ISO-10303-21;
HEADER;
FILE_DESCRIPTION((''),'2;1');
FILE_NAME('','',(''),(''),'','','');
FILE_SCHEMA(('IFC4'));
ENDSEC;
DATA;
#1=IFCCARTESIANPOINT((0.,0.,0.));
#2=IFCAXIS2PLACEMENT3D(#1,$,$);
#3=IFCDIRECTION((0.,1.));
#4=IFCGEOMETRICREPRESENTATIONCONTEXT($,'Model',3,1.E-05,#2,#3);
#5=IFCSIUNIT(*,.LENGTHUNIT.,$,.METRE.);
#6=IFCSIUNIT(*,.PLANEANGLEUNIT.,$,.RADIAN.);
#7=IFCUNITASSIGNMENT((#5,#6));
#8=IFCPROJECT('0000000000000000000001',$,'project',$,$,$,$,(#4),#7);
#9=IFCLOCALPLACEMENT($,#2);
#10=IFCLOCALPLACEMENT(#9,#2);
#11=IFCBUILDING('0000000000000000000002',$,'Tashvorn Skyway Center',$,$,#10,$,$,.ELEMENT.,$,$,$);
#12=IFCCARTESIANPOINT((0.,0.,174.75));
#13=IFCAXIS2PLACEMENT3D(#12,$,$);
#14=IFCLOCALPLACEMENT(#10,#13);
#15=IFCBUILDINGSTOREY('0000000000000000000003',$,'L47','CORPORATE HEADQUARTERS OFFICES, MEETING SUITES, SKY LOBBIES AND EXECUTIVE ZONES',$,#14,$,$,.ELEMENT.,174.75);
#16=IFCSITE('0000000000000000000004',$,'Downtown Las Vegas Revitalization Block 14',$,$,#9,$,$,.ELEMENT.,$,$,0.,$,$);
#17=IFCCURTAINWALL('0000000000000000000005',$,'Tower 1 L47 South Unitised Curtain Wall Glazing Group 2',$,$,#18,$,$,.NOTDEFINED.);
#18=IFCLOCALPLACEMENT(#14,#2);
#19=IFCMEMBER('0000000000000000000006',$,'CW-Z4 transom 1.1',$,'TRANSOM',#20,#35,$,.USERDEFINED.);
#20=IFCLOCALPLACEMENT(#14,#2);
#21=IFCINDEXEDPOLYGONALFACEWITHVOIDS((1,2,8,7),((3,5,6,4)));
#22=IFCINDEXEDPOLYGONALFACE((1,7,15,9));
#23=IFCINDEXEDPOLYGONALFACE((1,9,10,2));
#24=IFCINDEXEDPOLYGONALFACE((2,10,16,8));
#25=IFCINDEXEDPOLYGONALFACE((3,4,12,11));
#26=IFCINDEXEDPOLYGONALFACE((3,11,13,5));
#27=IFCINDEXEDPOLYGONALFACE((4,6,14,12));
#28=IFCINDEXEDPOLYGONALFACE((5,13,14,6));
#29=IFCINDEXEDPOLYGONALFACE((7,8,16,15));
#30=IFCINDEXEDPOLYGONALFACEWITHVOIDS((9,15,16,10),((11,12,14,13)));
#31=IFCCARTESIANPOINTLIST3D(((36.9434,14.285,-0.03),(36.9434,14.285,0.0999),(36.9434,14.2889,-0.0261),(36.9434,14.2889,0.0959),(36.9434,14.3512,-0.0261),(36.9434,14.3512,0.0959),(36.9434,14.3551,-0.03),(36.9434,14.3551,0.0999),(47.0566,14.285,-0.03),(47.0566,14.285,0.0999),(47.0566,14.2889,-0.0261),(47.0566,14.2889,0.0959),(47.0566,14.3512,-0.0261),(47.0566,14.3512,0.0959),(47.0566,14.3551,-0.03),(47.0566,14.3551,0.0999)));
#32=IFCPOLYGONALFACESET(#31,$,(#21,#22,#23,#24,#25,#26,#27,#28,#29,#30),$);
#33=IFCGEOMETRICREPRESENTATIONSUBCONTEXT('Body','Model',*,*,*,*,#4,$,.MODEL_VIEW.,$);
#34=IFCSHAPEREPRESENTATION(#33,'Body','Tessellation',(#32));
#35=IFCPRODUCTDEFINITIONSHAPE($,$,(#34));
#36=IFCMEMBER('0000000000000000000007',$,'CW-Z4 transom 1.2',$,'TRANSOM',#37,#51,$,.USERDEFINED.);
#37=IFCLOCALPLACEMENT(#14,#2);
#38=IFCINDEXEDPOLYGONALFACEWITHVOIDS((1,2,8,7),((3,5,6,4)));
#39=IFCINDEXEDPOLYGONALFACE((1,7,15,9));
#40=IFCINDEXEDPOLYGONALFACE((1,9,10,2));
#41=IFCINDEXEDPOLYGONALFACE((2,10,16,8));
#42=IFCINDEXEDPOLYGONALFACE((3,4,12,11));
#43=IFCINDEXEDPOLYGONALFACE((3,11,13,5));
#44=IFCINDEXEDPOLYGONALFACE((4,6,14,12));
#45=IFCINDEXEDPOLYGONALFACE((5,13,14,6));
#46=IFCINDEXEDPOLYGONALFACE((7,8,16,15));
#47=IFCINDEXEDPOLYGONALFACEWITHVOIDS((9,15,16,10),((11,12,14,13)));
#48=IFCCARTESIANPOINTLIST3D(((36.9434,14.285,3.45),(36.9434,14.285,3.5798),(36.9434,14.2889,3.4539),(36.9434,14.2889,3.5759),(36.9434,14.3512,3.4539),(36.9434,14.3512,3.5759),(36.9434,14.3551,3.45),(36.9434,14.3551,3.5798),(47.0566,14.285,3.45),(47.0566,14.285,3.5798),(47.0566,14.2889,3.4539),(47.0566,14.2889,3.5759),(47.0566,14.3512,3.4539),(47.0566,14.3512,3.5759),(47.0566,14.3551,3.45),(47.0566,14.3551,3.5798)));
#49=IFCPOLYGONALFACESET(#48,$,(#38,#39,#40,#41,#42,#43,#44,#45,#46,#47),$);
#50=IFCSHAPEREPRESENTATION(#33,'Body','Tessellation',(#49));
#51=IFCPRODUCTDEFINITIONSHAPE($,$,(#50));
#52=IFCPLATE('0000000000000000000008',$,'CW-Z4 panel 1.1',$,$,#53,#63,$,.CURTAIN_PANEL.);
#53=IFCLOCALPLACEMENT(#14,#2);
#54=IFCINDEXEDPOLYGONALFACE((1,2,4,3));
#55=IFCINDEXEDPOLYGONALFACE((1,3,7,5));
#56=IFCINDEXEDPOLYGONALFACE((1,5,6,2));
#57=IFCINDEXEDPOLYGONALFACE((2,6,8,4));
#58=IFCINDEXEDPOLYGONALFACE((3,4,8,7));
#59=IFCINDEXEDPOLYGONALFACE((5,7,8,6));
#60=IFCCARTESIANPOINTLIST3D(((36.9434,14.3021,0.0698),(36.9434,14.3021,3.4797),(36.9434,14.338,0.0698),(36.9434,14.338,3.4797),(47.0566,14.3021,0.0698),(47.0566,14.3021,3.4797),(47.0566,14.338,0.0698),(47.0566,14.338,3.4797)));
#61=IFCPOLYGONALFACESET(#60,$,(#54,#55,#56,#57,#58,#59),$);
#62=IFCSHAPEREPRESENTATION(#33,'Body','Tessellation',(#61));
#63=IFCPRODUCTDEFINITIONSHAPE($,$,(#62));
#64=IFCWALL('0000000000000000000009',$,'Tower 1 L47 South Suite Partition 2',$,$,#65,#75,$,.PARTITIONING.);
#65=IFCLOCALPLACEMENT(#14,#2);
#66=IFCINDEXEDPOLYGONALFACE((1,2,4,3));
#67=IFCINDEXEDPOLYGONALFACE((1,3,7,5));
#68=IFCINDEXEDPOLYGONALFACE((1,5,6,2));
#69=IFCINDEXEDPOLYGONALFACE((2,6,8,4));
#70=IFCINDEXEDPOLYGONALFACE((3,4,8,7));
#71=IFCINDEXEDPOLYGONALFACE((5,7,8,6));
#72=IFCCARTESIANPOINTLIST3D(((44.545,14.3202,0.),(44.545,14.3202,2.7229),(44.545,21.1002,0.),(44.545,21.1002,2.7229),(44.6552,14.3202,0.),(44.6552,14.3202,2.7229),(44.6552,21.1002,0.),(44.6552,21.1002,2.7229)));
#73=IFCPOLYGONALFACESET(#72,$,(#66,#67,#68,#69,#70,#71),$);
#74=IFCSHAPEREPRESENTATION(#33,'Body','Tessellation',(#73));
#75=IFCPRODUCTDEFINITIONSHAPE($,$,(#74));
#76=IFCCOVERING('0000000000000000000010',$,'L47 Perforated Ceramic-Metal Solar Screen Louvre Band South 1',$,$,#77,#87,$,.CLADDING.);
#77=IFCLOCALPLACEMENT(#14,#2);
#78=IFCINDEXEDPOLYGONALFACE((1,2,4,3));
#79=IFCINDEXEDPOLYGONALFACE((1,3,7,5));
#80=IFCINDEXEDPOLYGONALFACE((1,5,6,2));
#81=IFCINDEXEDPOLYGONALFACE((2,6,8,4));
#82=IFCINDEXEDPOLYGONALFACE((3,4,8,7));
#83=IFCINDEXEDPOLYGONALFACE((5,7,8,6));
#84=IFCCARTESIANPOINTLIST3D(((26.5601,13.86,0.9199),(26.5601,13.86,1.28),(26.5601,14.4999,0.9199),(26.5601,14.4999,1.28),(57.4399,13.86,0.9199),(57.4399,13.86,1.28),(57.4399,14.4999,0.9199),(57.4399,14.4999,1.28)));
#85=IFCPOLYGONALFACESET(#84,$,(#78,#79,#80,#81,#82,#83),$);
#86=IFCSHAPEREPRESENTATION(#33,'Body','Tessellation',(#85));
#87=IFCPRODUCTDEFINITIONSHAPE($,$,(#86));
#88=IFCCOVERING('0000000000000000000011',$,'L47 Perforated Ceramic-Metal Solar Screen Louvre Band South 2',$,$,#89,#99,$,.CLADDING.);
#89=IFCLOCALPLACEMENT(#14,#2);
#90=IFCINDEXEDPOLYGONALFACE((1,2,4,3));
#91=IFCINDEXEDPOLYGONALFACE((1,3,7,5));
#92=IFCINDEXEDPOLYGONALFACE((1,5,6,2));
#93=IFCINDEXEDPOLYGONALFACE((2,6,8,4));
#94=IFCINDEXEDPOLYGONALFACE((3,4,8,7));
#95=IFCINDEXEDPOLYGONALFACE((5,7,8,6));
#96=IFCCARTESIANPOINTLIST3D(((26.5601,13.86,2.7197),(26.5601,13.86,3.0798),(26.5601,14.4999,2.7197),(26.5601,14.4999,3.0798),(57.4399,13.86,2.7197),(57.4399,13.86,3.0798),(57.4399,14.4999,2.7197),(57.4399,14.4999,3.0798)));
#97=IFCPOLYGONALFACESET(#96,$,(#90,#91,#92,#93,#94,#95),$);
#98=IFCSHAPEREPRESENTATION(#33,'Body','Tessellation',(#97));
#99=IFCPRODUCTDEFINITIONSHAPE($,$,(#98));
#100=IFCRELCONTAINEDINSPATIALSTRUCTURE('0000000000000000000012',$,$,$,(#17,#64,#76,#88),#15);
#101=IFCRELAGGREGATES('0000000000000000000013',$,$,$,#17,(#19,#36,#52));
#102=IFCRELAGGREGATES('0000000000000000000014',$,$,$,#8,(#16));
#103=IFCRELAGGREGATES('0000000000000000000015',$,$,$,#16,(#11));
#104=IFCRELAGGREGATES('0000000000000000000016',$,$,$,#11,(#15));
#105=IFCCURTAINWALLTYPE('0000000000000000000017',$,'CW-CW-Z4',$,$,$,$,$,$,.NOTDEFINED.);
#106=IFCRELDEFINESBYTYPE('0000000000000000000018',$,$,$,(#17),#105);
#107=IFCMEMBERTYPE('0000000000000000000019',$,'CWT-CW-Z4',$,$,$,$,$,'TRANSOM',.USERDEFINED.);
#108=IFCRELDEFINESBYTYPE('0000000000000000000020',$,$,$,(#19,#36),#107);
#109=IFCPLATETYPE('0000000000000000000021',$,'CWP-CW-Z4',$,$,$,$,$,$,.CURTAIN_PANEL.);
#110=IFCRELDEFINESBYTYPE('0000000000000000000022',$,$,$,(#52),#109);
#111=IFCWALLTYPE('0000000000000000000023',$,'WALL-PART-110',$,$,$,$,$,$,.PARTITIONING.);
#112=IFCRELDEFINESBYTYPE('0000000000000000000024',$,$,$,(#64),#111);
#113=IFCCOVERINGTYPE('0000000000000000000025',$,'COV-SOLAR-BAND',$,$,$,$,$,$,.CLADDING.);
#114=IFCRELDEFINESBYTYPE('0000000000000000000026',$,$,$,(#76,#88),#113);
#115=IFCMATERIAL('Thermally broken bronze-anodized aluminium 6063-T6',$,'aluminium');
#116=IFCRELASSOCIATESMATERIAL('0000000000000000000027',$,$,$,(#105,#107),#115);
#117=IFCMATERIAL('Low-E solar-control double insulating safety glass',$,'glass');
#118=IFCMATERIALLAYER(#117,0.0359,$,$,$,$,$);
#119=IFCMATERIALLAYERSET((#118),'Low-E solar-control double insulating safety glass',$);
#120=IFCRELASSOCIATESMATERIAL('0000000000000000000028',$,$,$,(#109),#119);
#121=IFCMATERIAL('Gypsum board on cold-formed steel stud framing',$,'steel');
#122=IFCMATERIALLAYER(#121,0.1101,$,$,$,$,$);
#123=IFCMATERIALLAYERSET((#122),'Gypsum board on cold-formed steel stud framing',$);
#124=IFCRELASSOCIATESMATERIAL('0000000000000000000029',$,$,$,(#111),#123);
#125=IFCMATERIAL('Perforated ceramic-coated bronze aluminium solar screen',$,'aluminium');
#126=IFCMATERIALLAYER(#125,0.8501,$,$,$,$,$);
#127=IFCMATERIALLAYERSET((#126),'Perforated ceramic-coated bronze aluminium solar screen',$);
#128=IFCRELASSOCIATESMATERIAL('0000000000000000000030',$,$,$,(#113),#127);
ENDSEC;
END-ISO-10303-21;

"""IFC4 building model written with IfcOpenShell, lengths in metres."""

from ifc_helpers import new_model, si_unit, direction, frame, frame_2d, origin, origin_2d, place, context, subcontext, project, spatial, rectangle, hollow_rectangle, extrude, material, layer, layer_set, material_profile, profile_set, type_object, element, aggregate, save


model = new_model("IFC4")

# Units and contexts
model_context = context("Model", 3, precision=1e-05, world=origin(), true_north=direction((0.0, 1.0)))
body_context = subcontext(model_context, "Body", "Model", "MODEL_VIEW")
ifc_project = project(units=[si_unit("LENGTHUNIT", "METRE"), si_unit("PLANEANGLEUNIT", "RADIAN")], contexts=[model_context])

# Site, building, storey
site_placement = place(None, origin())
site = spatial("IfcSite", under=ifc_project, at=site_placement, Name="Downtown Las Vegas Revitalization Block 14", CompositionType="ELEMENT", RefElevation=0.0)
building_placement = place(site_placement, origin())
building = spatial("IfcBuilding", under=site, at=building_placement, Name="Tashvorn Skyway Center", CompositionType="ELEMENT")
storey_placement = place(building_placement, frame((0.0, 0.0, 174.75)))
storey = spatial("IfcBuildingStorey", under=building, at=storey_placement, Name="L47", Description="CORPORATE HEADQUARTERS OFFICES, MEETING SUITES, SKY LOBBIES AND EXECUTIVE ZONES", CompositionType="ELEMENT", Elevation=174.75)

# Curtain wall, members, plate
ifc_material_1 = material(Name="Thermally broken bronze-anodized aluminium 6063-T6", Category="aluminium")
curtain_wall_type = type_object("IfcCurtainWallType", Name="CW-CW-Z4", PredefinedType="NOTDEFINED", material=ifc_material_1)
curtain_wall_placement = place(storey_placement, origin())
curtain_wall = element("IfcCurtainWall", 1, at=curtain_wall_placement, inside=storey, type_object=curtain_wall_type, Name="Tower 1 L47 South Unitised Curtain Wall Glazing Group 2", PredefinedType="NOTDEFINED")
ifc_material_profile_1 = material_profile(ifc_material_1, hollow_rectangle(XDim=0.0701, YDim=0.1299, WallThickness=0.0039, at=origin_2d()), Name="ALU-TRAN-70x130")
ifc_profile_set_1 = profile_set([ifc_material_profile_1], Name="Thermally broken bronze-anodized aluminium 6063-T6")
member_type_1 = type_object("IfcMemberType", Name="CWT-CW-Z4", ElementType="TRANSOM", PredefinedType="USERDEFINED", material=ifc_profile_set_1)
member_1_placement = place(storey_placement, frame((47.0566, 14.3201, 0.0349), z_axis=(-1.0, 0.0, 0.0), x_axis=(0.0, -1.0, 0.0)))
member_1 = element("IfcMember", 2, at=member_1_placement, type_object=member_type_1, Name="CW-Z4 transom 1.1", ObjectType="TRANSOM", PredefinedType="USERDEFINED", context=body_context, shape_type="SweptSolid", body=[
    extrude(hollow_rectangle(XDim=0.0701, YDim=0.1299, WallThickness=0.0039, at=origin_2d()), origin(), (0.0, 0.0, 1.0), 10.1133),
])
member_2_placement = place(storey_placement, frame((47.0566, 14.3201, 3.5149), z_axis=(-1.0, 0.0, 0.0), x_axis=(0.0, -1.0, 0.0)))
member_2 = element("IfcMember", 3, at=member_2_placement, type_object=member_type_1, Name="CW-Z4 transom 1.2", ObjectType="TRANSOM", PredefinedType="USERDEFINED", context=body_context, shape_type="SweptSolid", body=[
    extrude(hollow_rectangle(XDim=0.0701, YDim=0.1299, WallThickness=0.0039, at=origin_2d()), origin(), (0.0, 0.0, 1.0), 10.1133),
])
ifc_material_2 = material(Name="Low-E solar-control double insulating safety glass", Category="glass")
ifc_layer_1 = layer(ifc_material_2, 0.0359)
ifc_layer_set_1 = layer_set([ifc_layer_1], Name="Low-E solar-control double insulating safety glass")
plate_type = type_object("IfcPlateType", Name="CWP-CW-Z4", PredefinedType="CURTAIN_PANEL", material=ifc_layer_set_1)
plate_placement = place(storey_placement, frame((42.0, 14.3201, 0.0698), z_axis=(0.0, 0.0, 1.0), x_axis=(-1.0, 0.0, 0.0)))
plate = element("IfcPlate", 4, at=plate_placement, type_object=plate_type, Name="CW-Z4 panel 1.1", PredefinedType="CURTAIN_PANEL", context=body_context, shape_type="SweptSolid", body=[
    extrude(rectangle(XDim=10.1133, YDim=0.0359, at=origin_2d()), origin(), (0.0, 0.0, 1.0), 3.4099),
])
aggregate(curtain_wall, [member_1, member_2, plate])

# Wall
ifc_material_3 = material(Name="Gypsum board on cold-formed steel stud framing", Category="steel")
ifc_layer_2 = layer(ifc_material_3, 0.1101)
ifc_layer_set_2 = layer_set([ifc_layer_2], Name="Gypsum board on cold-formed steel stud framing")
wall_type = type_object("IfcWallType", Name="WALL-PART-110", PredefinedType="PARTITIONING", material=ifc_layer_set_2)
wall_placement = place(storey_placement, frame((44.6001, 14.3201, 0.0), z_axis=(0.0, 0.0, 1.0), x_axis=(0.0, 1.0, 0.0)))
element("IfcWall", 5, at=wall_placement, inside=storey, type_object=wall_type, Name="Tower 1 L47 South Suite Partition 2", PredefinedType="PARTITIONING", context=body_context, shape_type="SweptSolid", body=[
    extrude(rectangle(XDim=6.78, YDim=0.1101, at=frame_2d((3.3901, 0.0))), origin(), (0.0, 0.0, 1.0), 2.7229),
])

# Coverings
ifc_material_4 = material(Name="Perforated ceramic-coated bronze aluminium solar screen", Category="aluminium")
ifc_layer_3 = layer(ifc_material_4, 0.8501)
ifc_layer_set_3 = layer_set([ifc_layer_3], Name="Perforated ceramic-coated bronze aluminium solar screen")
covering_type = type_object("IfcCoveringType", Name="COV-SOLAR-BAND", PredefinedType="CLADDING", material=ifc_layer_set_3)
for number, where, z_axis, x_axis, name in (
    (6, (42.0, 14.1799, 0.9199), (0.0, 0.0, 1.0), (-1.0, 0.0, 0.0), "L47 Perforated Ceramic-Metal Solar Screen Louvre Band South 1"),
    (7, (42.0, 14.1799, 2.7197), (0.0, 0.0, 1.0), (-1.0, 0.0, 0.0), "L47 Perforated Ceramic-Metal Solar Screen Louvre Band South 2"),
):
    element("IfcCovering", number, at=place(storey_placement, frame(where, z_axis=z_axis, x_axis=x_axis)), inside=storey, type_object=covering_type, Name=name, PredefinedType="CLADDING", context=body_context, shape_type="SweptSolid", body=[
        extrude(rectangle(XDim=30.8799, YDim=0.6399, at=origin_2d()), origin(), (0.0, 0.0, 1.0), 0.3601),
    ])

save(model, "model.ifc")
